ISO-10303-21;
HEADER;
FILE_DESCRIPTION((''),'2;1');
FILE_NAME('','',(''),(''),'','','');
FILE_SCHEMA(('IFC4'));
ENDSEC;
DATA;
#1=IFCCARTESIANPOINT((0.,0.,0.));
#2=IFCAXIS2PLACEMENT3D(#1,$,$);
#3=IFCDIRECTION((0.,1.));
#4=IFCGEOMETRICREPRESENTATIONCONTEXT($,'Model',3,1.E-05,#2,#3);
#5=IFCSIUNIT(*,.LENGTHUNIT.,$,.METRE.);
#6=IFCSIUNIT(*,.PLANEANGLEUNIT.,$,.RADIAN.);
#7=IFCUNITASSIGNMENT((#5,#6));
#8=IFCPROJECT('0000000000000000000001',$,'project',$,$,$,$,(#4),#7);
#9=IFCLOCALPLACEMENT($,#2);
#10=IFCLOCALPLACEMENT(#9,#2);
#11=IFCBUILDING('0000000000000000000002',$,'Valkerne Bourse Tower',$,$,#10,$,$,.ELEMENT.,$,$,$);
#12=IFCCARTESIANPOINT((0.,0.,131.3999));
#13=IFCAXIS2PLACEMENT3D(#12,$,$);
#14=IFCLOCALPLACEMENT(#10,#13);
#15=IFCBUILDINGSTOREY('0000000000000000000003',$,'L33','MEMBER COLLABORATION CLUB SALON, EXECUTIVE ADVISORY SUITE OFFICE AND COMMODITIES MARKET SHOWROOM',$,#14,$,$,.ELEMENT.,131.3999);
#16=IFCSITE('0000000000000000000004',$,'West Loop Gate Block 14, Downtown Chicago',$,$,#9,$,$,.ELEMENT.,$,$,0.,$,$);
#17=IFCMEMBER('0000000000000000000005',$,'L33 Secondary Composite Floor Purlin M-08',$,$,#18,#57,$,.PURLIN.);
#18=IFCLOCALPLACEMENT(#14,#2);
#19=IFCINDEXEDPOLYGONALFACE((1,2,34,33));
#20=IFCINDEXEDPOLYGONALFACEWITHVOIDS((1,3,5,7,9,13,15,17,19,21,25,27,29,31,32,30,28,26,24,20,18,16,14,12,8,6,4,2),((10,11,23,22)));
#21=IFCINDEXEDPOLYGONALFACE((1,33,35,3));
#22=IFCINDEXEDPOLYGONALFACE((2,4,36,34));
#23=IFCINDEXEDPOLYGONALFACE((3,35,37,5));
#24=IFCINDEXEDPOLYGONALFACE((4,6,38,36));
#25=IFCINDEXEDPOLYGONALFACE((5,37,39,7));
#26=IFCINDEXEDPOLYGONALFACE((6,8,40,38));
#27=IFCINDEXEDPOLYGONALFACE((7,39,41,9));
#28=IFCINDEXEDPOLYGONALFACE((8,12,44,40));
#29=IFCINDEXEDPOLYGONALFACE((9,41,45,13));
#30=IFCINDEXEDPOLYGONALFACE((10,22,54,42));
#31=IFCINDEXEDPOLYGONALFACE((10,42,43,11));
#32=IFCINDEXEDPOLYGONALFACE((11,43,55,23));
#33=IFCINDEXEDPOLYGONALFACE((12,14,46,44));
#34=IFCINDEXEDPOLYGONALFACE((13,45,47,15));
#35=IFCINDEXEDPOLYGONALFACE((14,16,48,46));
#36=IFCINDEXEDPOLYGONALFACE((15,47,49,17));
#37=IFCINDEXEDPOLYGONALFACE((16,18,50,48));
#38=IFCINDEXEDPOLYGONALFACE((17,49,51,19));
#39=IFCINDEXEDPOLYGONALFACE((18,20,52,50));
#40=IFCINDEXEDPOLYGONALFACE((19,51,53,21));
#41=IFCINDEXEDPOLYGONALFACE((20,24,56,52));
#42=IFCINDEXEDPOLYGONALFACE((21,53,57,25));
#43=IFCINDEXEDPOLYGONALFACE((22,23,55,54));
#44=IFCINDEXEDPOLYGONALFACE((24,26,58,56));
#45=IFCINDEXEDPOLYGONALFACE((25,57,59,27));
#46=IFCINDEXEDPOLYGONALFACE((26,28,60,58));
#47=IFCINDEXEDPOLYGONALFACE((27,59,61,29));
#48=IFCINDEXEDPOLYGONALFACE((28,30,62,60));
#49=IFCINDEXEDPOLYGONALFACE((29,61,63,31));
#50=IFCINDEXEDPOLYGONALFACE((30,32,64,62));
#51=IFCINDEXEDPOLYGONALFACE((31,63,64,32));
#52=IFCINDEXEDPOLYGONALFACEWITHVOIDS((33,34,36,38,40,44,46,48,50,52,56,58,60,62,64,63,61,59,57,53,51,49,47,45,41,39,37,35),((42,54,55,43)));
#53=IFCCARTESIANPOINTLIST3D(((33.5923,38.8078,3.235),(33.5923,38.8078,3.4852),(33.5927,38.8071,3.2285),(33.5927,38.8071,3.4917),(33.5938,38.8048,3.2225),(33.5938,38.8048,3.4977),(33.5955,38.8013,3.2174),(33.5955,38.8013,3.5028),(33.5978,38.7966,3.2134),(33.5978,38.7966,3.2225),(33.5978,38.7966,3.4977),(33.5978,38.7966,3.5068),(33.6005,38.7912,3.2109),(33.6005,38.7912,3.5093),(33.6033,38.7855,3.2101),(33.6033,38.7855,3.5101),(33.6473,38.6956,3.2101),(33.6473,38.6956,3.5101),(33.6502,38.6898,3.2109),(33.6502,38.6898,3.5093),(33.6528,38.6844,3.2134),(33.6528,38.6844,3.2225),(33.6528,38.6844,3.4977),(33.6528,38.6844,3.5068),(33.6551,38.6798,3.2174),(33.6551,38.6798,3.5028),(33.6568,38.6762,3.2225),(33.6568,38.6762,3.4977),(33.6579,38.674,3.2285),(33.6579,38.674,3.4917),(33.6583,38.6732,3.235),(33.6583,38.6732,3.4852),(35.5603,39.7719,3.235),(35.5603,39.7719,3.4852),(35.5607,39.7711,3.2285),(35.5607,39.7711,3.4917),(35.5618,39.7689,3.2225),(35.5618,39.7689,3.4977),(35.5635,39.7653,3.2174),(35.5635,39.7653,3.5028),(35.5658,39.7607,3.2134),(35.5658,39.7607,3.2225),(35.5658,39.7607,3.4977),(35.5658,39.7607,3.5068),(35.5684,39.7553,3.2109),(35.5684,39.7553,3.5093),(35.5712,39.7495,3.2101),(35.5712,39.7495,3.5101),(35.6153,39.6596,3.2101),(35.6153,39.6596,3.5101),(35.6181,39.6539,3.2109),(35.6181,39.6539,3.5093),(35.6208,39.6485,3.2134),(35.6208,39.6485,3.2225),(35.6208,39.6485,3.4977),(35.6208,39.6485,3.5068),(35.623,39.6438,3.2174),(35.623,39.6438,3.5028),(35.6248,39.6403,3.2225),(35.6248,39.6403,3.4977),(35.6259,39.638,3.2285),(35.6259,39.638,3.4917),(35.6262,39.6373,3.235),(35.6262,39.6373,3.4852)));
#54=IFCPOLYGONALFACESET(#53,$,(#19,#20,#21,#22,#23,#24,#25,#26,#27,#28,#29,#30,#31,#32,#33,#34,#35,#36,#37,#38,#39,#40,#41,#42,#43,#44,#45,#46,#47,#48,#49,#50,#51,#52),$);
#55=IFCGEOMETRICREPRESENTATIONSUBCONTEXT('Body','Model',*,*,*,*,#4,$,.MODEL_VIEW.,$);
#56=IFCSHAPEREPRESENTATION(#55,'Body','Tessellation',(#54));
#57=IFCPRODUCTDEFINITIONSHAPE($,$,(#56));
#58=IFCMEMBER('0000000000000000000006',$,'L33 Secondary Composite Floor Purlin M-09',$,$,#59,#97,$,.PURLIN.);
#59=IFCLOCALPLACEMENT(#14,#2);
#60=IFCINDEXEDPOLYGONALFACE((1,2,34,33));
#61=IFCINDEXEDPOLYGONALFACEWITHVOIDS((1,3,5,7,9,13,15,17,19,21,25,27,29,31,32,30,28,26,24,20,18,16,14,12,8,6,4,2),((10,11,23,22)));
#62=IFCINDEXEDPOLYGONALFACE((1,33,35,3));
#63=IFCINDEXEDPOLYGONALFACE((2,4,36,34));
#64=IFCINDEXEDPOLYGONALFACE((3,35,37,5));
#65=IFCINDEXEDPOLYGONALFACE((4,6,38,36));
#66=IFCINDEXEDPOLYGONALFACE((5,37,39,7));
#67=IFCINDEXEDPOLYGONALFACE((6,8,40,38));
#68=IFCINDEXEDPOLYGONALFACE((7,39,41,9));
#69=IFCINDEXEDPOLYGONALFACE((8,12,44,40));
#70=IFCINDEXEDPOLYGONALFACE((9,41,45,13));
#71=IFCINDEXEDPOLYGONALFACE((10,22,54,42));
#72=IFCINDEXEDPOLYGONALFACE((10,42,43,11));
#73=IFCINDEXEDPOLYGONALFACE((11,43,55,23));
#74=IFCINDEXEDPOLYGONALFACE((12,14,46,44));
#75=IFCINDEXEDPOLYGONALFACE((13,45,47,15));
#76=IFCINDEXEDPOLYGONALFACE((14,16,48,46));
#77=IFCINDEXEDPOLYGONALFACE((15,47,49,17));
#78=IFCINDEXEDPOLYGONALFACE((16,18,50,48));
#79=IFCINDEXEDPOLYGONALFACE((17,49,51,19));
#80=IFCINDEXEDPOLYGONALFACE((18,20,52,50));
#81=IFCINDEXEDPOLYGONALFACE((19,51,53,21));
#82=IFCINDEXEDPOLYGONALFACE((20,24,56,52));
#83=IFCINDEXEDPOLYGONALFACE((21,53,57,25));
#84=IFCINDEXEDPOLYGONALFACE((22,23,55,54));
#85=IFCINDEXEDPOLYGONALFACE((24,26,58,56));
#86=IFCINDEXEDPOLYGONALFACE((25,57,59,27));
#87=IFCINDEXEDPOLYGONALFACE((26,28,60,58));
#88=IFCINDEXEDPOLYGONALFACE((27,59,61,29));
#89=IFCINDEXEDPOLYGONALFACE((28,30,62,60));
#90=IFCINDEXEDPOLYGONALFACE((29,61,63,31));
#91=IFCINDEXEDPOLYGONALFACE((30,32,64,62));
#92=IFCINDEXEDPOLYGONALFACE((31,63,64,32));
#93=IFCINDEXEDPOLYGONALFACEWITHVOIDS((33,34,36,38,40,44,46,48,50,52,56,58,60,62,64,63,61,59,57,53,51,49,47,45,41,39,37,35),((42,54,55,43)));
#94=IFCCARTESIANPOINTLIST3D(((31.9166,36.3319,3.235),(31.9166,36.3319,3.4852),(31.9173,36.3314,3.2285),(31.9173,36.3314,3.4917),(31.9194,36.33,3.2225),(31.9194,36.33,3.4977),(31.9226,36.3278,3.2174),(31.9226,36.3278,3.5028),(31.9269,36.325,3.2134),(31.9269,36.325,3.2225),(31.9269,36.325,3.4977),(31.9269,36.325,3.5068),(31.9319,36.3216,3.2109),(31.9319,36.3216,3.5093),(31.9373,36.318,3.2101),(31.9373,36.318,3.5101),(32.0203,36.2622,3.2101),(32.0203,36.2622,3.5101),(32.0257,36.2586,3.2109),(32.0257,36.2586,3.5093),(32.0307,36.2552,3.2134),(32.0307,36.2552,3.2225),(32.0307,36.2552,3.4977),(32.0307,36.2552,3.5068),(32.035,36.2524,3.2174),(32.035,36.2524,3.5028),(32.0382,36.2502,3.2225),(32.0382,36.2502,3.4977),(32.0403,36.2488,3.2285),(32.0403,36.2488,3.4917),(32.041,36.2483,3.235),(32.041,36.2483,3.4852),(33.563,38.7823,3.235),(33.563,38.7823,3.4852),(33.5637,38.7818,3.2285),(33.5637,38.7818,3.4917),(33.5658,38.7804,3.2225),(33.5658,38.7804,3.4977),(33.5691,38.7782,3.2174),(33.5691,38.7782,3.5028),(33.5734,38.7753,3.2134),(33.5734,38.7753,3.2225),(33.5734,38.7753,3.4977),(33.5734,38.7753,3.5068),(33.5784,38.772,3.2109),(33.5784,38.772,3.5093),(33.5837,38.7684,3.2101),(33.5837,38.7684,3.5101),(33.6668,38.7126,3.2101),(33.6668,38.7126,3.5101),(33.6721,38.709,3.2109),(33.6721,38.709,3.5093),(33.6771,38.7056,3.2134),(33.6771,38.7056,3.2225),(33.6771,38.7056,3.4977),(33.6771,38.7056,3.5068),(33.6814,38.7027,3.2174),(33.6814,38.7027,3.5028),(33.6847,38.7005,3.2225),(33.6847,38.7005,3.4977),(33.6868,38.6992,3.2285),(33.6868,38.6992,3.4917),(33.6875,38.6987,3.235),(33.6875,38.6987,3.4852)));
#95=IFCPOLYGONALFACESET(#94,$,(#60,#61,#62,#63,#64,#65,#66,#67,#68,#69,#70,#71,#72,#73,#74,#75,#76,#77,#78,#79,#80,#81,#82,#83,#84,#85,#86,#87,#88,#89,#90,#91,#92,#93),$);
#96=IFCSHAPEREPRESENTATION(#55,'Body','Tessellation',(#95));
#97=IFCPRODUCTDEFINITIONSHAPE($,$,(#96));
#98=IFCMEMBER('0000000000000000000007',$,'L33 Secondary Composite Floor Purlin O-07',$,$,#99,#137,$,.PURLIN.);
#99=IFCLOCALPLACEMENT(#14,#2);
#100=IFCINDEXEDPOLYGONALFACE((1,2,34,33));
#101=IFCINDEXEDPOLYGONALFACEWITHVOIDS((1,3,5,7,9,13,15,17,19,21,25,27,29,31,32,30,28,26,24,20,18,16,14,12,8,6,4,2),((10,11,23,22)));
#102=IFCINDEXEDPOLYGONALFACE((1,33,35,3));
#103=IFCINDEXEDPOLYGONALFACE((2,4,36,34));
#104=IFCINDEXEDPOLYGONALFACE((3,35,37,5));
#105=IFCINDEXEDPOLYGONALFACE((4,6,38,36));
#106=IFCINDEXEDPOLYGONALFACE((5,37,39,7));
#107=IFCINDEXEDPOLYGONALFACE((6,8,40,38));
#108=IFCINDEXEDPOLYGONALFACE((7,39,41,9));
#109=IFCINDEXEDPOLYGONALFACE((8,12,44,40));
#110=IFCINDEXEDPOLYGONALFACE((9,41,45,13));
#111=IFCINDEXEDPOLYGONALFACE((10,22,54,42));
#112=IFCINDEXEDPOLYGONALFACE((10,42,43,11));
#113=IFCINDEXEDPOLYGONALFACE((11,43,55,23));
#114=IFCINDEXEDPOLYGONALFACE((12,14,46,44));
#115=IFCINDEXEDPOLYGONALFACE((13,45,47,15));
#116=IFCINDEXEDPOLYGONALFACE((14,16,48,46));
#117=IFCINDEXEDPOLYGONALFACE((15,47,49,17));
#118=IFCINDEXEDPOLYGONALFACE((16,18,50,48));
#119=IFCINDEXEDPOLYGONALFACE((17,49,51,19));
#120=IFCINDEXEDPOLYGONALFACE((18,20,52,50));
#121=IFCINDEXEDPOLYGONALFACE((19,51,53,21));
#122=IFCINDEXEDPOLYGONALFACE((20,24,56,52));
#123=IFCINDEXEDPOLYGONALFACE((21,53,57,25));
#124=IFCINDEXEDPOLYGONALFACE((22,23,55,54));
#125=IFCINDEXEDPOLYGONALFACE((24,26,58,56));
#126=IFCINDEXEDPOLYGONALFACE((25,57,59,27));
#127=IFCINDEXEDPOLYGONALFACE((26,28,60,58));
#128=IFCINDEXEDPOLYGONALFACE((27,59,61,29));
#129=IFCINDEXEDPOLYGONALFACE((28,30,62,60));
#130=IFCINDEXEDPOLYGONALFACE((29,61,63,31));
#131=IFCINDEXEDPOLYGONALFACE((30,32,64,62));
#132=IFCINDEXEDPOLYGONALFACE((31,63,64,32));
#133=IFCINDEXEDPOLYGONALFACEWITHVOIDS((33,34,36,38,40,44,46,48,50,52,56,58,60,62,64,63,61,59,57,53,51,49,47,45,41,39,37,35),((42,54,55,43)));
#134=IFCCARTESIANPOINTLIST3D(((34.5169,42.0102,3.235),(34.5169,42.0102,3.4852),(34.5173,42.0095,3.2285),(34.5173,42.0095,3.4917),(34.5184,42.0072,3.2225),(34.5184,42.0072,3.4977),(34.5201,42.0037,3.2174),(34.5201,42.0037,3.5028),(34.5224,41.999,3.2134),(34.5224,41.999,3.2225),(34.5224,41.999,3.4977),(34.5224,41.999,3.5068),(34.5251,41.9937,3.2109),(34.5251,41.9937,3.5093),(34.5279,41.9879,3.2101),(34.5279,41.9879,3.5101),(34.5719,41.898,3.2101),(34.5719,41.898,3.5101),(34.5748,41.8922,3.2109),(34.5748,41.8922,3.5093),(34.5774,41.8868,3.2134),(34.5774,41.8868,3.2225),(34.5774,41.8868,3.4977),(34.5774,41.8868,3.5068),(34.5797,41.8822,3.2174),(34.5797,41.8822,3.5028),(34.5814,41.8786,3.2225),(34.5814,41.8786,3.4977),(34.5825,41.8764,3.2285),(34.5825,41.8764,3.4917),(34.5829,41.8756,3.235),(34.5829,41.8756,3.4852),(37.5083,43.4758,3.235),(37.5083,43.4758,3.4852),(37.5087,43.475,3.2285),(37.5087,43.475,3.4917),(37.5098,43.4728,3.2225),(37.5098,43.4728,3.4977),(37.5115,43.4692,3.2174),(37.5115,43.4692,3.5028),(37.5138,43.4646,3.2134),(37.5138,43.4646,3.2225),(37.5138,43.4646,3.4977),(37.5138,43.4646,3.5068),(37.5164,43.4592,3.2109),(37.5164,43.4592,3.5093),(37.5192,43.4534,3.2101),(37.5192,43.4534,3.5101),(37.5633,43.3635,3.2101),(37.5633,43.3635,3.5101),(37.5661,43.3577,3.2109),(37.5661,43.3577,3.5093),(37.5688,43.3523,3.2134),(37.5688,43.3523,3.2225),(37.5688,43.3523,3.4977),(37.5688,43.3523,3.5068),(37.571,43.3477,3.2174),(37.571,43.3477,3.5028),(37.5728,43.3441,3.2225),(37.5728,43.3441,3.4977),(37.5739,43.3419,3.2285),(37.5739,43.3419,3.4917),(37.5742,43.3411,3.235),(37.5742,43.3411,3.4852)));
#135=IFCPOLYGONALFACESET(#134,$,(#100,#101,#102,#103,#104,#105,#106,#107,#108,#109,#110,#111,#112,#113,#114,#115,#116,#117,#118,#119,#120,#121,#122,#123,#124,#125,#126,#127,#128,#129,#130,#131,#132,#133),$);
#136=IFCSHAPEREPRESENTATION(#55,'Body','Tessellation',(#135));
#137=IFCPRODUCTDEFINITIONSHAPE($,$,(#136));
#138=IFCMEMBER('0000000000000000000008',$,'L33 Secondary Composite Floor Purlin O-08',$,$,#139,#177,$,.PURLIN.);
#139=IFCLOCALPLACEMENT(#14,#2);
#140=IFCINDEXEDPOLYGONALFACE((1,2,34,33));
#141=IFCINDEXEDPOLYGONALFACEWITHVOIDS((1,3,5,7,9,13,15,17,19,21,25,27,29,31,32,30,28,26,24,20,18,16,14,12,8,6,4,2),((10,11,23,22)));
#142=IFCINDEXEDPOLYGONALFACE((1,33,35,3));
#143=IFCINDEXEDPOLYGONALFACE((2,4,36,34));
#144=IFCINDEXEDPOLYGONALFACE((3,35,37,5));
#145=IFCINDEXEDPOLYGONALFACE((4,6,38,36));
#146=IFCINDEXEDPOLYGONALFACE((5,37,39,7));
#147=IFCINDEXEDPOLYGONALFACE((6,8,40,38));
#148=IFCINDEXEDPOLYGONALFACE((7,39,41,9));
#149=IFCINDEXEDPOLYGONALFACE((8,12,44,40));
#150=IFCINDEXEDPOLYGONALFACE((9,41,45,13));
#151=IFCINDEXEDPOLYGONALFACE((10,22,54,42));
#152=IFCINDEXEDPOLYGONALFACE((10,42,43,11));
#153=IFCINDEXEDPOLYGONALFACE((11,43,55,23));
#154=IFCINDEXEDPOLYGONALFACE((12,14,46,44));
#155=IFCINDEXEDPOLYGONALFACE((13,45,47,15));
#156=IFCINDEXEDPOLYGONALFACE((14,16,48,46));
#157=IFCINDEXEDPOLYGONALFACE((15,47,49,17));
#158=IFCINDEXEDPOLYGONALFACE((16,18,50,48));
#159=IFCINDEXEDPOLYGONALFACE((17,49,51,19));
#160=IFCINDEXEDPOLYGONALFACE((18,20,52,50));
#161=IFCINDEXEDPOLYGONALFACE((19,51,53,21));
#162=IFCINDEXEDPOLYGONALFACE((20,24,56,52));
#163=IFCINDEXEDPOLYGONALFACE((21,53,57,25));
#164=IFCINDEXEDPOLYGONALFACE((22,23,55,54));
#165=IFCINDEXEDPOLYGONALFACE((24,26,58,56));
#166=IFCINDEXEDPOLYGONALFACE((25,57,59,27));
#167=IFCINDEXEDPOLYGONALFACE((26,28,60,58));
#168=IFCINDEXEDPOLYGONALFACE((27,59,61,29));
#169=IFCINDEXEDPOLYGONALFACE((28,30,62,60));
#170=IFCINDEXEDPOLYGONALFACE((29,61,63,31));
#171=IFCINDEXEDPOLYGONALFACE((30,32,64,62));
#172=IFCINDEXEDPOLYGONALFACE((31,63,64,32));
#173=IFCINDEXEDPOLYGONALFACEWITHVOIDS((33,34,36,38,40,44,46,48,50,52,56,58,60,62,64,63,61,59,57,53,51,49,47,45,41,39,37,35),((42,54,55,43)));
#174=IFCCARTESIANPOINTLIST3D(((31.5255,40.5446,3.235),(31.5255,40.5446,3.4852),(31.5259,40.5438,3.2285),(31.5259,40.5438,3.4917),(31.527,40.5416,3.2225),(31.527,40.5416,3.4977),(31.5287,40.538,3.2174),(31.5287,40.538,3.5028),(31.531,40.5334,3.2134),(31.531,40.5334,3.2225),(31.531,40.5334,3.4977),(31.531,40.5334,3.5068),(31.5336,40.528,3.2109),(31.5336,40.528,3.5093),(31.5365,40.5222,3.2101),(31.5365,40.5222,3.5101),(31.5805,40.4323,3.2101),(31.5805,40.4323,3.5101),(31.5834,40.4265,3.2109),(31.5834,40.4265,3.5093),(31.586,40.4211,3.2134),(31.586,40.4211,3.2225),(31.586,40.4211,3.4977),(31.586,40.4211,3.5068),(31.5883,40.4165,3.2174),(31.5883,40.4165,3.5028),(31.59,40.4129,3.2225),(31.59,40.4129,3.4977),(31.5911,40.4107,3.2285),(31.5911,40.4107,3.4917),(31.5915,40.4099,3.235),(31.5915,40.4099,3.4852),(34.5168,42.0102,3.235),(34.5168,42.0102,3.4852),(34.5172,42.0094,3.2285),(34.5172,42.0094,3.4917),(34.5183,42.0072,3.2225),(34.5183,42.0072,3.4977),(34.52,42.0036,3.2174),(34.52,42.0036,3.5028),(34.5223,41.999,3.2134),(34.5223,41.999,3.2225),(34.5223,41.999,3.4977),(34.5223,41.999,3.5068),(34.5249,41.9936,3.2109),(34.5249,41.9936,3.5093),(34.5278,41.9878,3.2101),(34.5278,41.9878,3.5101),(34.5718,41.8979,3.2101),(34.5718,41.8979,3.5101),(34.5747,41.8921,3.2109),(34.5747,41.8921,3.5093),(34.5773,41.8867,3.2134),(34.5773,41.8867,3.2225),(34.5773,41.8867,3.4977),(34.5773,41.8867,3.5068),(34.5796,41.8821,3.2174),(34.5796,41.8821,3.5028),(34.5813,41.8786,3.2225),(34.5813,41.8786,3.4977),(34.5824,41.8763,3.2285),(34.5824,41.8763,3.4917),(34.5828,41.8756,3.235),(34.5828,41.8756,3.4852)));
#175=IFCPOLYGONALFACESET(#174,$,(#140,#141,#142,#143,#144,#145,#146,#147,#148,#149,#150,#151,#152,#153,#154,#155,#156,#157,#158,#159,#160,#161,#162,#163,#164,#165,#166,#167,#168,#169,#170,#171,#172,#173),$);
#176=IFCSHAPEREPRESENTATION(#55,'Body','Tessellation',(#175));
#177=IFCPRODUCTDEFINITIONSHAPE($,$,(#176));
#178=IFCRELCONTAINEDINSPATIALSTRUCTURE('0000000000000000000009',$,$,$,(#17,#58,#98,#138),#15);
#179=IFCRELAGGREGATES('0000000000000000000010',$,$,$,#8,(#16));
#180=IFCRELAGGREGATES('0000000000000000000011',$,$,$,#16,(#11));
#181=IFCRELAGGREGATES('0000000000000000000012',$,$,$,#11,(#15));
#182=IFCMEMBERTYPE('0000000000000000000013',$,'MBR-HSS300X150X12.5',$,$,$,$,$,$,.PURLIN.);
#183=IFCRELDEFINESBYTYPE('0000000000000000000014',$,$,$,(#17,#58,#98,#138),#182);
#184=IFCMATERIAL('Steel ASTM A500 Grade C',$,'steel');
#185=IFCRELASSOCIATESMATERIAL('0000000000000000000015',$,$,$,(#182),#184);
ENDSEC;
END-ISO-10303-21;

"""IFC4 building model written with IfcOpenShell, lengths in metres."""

from ifc_helpers import new_model, si_unit, direction, frame, origin, origin_2d, place, context, subcontext, project, spatial, hollow_rectangle, extrude, material, material_profile, profile_set, type_object, element, save


model = new_model("IFC4")

# Units and contexts
model_context = context("Model", 3, precision=1e-05, world=origin(), true_north=direction((0.0, 1.0)))
body_context = subcontext(model_context, "Body", "Model", "MODEL_VIEW")
ifc_project = project(units=[si_unit("LENGTHUNIT", "METRE"), si_unit("PLANEANGLEUNIT", "RADIAN")], contexts=[model_context])

# Site, building, storey
site_placement = place(None, origin())
site = spatial("IfcSite", under=ifc_project, at=site_placement, Name="West Loop Gate Block 14, Downtown Chicago", CompositionType="ELEMENT", RefElevation=0.0)
building_placement = place(site_placement, origin())
building = spatial("IfcBuilding", under=site, at=building_placement, Name="Valkerne Bourse Tower", CompositionType="ELEMENT")
storey_placement = place(building_placement, frame((0.0, 0.0, 131.3999)))
storey = spatial("IfcBuildingStorey", under=building, at=storey_placement, Name="L33", Description="MEMBER COLLABORATION CLUB SALON, EXECUTIVE ADVISORY SUITE OFFICE AND COMMODITIES MARKET SHOWROOM", CompositionType="ELEMENT", Elevation=131.3999)

# Members
ifc_material_1 = material(Name="Steel ASTM A500 Grade C", Category="steel")
ifc_material_profile_1 = material_profile(ifc_material_1, hollow_rectangle(XDim=0.1499, YDim=0.3, WallThickness=0.0125, OuterFilletRadius=0.0249, at=origin_2d()), Name="HSS300X150X12.5")
ifc_profile_set_1 = profile_set([ifc_material_profile_1], Name="Steel ASTM A500 Grade C")
member_type = type_object("IfcMemberType", Name="MBR-HSS300X150X12.5", PredefinedType="PURLIN", material=ifc_profile_set_1)
for number, where, z_axis, x_axis, name in (
    (1, (35.5933, 39.7046, 3.3601), (-0.898029, -0.439935, 0.0), (0.439935, -0.898029, 0.0), "L33 Secondary Composite Floor Purlin M-08"),
):
    element("IfcMember", number, at=place(storey_placement, frame(where, z_axis=z_axis, x_axis=x_axis)), inside=storey, type_object=member_type, Name=name, PredefinedType="PURLIN", context=body_context, shape_type="SweptSolid", body=[
        extrude(hollow_rectangle(XDim=0.1499, YDim=0.3, WallThickness=0.0125, OuterFilletRadius=0.0249, at=origin_2d()), origin(), (0.0, 0.0, 1.0), 2.1914),
    ])
member_1_placement = place(storey_placement, frame((33.6252, 38.7405, 3.3601), z_axis=(-0.557712, -0.830035, 0.0), x_axis=(0.830035, -0.557712, 0.0)))
element("IfcMember", 2, at=member_1_placement, inside=storey, type_object=member_type, Name="L33 Secondary Composite Floor Purlin M-09", PredefinedType="PURLIN", context=body_context, shape_type="SweptSolid", body=[
    extrude(hollow_rectangle(XDim=0.1499, YDim=0.3, WallThickness=0.0125, OuterFilletRadius=0.0249, at=origin_2d()), origin(), (0.0, 0.0, 1.0), 2.9521),
])
for number, where, z_axis, x_axis, name in (
    (3, (37.5413, 43.4084, 3.3601), (-0.898018, -0.439958, 0.0), (0.439958, -0.898018, 0.0), "L33 Secondary Composite Floor Purlin O-07"),
    (4, (34.5498, 41.9429, 3.3601), (-0.898004, -0.439987, 0.0), (0.439987, -0.898004, 0.0), "L33 Secondary Composite Floor Purlin O-08"),
):
    element("IfcMember", number, at=place(storey_placement, frame(where, z_axis=z_axis, x_axis=x_axis)), inside=storey, type_object=member_type, Name=name, PredefinedType="PURLIN", context=body_context, shape_type="SweptSolid", body=[
        extrude(hollow_rectangle(XDim=0.1499, YDim=0.3, WallThickness=0.0125, OuterFilletRadius=0.0249, at=origin_2d()), origin(), (0.0, 0.0, 1.0), 3.3311),
    ])

save(model, "model.ifc")
